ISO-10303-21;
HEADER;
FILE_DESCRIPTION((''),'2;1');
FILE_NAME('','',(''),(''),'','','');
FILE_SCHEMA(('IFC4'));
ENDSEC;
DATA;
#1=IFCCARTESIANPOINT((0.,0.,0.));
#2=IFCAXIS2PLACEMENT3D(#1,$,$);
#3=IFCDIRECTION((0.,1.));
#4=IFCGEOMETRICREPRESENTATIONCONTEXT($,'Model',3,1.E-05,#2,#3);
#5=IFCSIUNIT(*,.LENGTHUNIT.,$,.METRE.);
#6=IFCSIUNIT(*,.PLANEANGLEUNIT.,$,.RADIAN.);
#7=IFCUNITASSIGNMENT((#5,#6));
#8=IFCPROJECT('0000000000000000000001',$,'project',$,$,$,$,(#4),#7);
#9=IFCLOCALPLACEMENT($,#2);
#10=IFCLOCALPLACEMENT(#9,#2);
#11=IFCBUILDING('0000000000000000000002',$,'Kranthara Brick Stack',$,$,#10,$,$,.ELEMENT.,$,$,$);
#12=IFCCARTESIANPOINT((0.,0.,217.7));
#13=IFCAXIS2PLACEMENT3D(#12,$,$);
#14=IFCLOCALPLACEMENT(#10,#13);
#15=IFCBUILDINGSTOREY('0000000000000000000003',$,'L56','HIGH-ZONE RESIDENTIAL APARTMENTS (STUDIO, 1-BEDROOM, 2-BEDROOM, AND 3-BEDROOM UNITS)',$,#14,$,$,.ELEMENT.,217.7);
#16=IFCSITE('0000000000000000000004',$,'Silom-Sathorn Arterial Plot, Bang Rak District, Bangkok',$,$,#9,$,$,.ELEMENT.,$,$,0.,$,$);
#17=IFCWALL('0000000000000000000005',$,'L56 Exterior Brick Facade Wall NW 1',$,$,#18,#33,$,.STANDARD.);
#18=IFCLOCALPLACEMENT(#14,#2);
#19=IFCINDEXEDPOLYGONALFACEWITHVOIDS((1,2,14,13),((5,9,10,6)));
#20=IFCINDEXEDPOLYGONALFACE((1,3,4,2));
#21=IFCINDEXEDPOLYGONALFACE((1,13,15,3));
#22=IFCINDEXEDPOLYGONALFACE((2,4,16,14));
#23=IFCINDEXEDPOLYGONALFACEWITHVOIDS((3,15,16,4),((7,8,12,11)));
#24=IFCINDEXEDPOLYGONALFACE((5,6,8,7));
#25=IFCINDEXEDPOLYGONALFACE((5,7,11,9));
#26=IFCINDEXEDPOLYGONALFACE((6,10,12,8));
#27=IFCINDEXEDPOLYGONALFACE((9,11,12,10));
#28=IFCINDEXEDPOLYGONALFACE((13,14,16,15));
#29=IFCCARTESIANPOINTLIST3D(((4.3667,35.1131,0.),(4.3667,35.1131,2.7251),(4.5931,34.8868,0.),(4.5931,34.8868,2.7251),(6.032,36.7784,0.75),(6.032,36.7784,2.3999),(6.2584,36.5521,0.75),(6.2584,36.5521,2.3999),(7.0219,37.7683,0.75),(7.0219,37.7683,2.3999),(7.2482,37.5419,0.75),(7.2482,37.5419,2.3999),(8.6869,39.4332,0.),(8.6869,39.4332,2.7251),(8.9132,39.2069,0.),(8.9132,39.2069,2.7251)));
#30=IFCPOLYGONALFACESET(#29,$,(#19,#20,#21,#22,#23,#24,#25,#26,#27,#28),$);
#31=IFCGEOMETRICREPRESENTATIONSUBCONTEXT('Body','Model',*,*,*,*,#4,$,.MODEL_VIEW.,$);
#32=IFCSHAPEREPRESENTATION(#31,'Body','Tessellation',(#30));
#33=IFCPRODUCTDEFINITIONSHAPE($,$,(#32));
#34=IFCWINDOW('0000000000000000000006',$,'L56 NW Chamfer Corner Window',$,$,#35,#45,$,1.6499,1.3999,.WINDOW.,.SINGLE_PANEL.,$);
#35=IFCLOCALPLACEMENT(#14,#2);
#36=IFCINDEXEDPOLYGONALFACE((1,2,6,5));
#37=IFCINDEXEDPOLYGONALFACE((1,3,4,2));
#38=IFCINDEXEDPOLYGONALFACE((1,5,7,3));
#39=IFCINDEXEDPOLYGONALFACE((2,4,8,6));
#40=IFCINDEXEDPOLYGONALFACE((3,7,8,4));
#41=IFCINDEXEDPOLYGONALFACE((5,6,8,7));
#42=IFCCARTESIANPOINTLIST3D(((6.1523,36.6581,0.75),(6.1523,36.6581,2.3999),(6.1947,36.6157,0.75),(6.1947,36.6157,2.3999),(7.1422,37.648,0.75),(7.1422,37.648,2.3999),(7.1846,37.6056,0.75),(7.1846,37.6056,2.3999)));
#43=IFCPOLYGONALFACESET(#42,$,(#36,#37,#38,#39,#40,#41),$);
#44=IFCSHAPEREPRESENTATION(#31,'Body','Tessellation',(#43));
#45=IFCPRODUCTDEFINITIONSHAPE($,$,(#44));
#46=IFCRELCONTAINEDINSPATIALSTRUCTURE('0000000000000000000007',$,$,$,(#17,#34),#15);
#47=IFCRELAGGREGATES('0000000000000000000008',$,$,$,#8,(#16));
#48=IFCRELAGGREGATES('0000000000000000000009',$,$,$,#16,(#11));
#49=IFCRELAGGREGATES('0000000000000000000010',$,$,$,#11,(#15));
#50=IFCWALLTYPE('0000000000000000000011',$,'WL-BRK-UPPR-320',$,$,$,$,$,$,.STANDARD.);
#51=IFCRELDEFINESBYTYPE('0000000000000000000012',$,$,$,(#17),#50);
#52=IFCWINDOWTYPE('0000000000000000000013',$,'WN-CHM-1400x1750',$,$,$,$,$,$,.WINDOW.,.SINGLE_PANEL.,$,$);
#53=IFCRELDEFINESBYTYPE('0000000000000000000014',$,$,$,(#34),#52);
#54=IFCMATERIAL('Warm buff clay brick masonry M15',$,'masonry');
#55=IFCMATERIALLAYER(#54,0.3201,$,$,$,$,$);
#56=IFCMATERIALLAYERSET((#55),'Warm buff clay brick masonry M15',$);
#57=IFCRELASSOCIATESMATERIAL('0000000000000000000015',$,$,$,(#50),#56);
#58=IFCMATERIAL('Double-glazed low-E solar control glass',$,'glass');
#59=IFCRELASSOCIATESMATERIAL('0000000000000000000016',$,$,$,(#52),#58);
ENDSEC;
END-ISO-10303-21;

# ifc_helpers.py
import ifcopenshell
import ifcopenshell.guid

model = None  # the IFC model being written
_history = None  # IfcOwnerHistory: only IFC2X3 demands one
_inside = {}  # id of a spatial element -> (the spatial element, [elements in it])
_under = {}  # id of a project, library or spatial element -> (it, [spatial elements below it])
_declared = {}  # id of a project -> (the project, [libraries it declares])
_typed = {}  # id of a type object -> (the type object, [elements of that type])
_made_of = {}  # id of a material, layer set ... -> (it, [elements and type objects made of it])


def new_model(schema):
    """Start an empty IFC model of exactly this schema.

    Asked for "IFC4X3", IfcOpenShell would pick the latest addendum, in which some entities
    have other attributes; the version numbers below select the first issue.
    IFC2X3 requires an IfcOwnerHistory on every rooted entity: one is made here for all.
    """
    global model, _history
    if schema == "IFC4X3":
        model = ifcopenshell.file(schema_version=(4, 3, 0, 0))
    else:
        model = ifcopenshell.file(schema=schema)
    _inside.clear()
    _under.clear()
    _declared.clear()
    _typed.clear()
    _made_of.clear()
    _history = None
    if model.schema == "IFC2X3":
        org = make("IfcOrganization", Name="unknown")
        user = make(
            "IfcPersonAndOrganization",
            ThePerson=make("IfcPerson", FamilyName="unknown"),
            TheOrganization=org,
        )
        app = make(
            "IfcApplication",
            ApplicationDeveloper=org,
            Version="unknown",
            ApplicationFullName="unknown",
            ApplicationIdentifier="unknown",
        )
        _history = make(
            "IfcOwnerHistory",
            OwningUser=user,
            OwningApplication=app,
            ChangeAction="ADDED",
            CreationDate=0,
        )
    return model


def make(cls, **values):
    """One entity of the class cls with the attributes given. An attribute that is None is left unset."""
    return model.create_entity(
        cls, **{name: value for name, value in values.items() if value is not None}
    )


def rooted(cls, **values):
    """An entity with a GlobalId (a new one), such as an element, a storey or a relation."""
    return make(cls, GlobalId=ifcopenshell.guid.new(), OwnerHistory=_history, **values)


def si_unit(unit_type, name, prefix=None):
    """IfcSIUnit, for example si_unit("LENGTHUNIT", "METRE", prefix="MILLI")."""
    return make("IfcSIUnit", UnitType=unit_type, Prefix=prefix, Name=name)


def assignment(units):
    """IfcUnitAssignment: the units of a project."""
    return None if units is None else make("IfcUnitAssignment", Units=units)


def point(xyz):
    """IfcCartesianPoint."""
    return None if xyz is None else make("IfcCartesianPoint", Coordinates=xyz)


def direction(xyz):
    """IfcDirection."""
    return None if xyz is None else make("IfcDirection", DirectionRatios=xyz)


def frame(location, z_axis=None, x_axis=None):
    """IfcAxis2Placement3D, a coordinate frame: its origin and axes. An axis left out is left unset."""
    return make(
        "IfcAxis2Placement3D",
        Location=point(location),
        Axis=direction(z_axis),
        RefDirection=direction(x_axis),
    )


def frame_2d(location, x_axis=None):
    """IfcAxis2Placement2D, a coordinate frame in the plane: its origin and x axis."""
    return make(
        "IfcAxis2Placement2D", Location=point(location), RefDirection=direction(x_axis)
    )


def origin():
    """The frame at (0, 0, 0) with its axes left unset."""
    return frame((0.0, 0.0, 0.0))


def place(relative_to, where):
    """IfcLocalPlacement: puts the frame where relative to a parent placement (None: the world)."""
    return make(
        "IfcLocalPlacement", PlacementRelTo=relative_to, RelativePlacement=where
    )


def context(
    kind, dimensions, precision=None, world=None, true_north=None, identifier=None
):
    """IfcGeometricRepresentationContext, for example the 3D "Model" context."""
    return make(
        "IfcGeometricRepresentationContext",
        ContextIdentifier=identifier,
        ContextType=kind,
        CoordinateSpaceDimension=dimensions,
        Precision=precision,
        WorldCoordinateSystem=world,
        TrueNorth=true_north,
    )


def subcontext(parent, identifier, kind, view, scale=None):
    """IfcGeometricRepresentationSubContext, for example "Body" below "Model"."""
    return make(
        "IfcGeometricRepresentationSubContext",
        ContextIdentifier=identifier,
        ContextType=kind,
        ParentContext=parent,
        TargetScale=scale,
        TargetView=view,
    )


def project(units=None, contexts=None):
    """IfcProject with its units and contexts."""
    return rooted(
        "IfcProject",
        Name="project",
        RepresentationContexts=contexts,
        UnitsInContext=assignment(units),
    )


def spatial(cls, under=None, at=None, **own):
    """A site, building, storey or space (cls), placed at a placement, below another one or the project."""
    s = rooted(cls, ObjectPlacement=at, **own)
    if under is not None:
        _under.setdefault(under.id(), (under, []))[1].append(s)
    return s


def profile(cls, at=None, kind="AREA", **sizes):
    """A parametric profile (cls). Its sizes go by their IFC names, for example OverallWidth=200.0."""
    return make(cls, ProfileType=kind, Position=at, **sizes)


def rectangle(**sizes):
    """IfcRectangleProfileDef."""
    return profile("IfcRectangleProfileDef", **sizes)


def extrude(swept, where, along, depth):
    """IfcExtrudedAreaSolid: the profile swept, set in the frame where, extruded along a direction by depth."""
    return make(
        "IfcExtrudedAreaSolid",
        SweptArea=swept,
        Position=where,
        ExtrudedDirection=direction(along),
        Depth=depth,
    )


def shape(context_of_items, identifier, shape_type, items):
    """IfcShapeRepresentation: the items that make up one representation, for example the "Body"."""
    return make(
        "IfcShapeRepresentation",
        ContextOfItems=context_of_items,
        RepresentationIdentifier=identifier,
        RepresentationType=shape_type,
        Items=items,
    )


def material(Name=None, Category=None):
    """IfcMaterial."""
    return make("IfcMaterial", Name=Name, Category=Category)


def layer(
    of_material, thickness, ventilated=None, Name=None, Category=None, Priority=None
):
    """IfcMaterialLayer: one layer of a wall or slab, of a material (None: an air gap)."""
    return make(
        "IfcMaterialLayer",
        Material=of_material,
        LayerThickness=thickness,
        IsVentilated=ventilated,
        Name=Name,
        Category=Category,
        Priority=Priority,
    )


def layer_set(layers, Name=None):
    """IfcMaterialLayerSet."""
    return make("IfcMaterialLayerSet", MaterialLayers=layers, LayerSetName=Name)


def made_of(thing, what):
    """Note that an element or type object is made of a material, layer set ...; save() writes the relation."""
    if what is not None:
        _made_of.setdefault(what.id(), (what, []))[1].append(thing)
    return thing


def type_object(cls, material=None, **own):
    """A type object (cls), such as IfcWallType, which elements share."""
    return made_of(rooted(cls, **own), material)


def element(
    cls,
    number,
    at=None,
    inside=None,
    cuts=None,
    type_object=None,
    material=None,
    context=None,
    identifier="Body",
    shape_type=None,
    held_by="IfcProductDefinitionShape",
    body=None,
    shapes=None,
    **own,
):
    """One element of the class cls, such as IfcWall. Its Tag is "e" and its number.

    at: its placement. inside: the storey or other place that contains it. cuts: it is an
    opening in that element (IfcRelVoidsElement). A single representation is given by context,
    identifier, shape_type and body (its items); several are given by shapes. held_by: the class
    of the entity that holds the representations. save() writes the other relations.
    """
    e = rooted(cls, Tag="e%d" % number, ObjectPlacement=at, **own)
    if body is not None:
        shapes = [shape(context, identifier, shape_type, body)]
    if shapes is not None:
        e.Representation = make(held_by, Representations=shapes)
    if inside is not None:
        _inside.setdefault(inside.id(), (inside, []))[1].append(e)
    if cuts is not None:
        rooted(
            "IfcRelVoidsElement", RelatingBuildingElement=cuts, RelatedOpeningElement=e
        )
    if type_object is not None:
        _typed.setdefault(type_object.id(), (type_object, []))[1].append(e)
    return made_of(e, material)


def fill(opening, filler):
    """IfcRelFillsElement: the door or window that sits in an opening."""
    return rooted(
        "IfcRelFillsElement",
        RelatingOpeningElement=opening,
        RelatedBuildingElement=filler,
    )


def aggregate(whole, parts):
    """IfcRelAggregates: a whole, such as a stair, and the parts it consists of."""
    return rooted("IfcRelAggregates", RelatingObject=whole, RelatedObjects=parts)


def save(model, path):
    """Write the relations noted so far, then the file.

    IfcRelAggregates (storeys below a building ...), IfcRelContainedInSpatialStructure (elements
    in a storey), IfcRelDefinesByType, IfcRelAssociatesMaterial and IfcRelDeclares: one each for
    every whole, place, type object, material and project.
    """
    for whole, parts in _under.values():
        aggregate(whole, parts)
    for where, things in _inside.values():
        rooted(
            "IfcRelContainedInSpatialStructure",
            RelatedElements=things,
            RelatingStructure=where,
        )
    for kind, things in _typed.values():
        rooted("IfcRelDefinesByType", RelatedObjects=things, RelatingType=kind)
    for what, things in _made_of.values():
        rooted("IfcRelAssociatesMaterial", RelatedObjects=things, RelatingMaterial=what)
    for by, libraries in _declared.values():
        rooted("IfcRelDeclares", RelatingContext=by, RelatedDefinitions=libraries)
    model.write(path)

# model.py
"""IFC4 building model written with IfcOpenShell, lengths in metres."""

from ifc_helpers import new_model, si_unit, direction, frame, frame_2d, origin, place, context, subcontext, project, spatial, rectangle, extrude, material, layer, layer_set, type_object, element, fill, save


model = new_model("IFC4")

# Units and contexts
model_context = context("Model", 3, precision=1e-05, world=origin(), true_north=direction((0.0, 1.0)))
body_context = subcontext(model_context, "Body", "Model", "MODEL_VIEW")
ifc_project = project(units=[si_unit("LENGTHUNIT", "METRE"), si_unit("PLANEANGLEUNIT", "RADIAN")], contexts=[model_context])

# Site, building, storey
site_placement = place(None, origin())
site = spatial("IfcSite", under=ifc_project, at=site_placement, Name="Silom-Sathorn Arterial Plot, Bang Rak District, Bangkok", CompositionType="ELEMENT", RefElevation=0.0)
building_placement = place(site_placement, origin())
building = spatial("IfcBuilding", under=site, at=building_placement, Name="Kranthara Brick Stack", CompositionType="ELEMENT")
storey_placement = place(building_placement, frame((0.0, 0.0, 217.7)))
storey = spatial("IfcBuildingStorey", under=building, at=storey_placement, Name="L56", Description="HIGH-ZONE RESIDENTIAL APARTMENTS (STUDIO, 1-BEDROOM, 2-BEDROOM, AND 3-BEDROOM UNITS)", CompositionType="ELEMENT", Elevation=217.7)

# Wall, opening, window
ifc_material_1 = material(Name="Warm buff clay brick masonry M15", Category="masonry")
ifc_layer_1 = layer(ifc_material_1, 0.3201)
ifc_layer_set_1 = layer_set([ifc_layer_1], Name="Warm buff clay brick masonry M15")
wall_type_1 = type_object("IfcWallType", Name="WL-BRK-UPPR-320", PredefinedType="STANDARD", material=ifc_layer_set_1)
wall_1_placement = place(storey_placement, frame((4.48, 35.0, 0.0), z_axis=(0.0, 0.0, 1.0), x_axis=(0.707107, 0.707107, 0.0)))
wall_1 = element("IfcWall", 1, at=wall_1_placement, inside=storey, type_object=wall_type_1, Name="L56 Exterior Brick Facade Wall NW 1", PredefinedType="STANDARD", context=body_context, shape_type="SweptSolid", body=[
    extrude(rectangle(XDim=6.1096, YDim=0.3201, at=frame_2d((3.0547, 0.0))), origin(), (0.0, 0.0, 1.0), 2.7251),
])
opening_1_placement = place(wall_1_placement, frame((2.355, 0.0, 0.75)))
opening_1 = element("IfcOpeningElement", 2, at=opening_1_placement, cuts=wall_1, PredefinedType="OPENING", context=body_context, shape_type="SweptSolid", body=[
    extrude(rectangle(XDim=1.3999, YDim=1.6499, at=frame_2d((0.7, 0.825))), frame((0.0, 0.1699, 0.0), z_axis=(0.0, -1.0, 0.0), x_axis=(1.0, 0.0, 0.0)), (0.0, 0.0, 1.0), 0.3401),
])
ifc_material_2 = material(Name="Double-glazed low-E solar control glass", Category="glass")
window_type_1 = type_object("IfcWindowType", Name="WN-CHM-1400x1750", PartitioningType="SINGLE_PANEL", PredefinedType="WINDOW", material=ifc_material_2)
window_1_placement = place(opening_1_placement, origin())
window_1 = element("IfcWindow", 3, at=window_1_placement, inside=storey, type_object=window_type_1, Name="L56 NW Chamfer Corner Window", OverallHeight=1.6499, OverallWidth=1.3999, PartitioningType="SINGLE_PANEL", PredefinedType="WINDOW", context=body_context, shape_type="SweptSolid", body=[
    extrude(rectangle(XDim=1.3999, YDim=1.6499, at=frame_2d((0.7, 0.825))), frame((0.0, -0.01, 0.0), z_axis=(0.0, -1.0, 0.0), x_axis=(1.0, 0.0, 0.0)), (0.0, 0.0, 1.0), 0.0601),
])
fill(opening_1, window_1)

save(model, "model.ifc")
